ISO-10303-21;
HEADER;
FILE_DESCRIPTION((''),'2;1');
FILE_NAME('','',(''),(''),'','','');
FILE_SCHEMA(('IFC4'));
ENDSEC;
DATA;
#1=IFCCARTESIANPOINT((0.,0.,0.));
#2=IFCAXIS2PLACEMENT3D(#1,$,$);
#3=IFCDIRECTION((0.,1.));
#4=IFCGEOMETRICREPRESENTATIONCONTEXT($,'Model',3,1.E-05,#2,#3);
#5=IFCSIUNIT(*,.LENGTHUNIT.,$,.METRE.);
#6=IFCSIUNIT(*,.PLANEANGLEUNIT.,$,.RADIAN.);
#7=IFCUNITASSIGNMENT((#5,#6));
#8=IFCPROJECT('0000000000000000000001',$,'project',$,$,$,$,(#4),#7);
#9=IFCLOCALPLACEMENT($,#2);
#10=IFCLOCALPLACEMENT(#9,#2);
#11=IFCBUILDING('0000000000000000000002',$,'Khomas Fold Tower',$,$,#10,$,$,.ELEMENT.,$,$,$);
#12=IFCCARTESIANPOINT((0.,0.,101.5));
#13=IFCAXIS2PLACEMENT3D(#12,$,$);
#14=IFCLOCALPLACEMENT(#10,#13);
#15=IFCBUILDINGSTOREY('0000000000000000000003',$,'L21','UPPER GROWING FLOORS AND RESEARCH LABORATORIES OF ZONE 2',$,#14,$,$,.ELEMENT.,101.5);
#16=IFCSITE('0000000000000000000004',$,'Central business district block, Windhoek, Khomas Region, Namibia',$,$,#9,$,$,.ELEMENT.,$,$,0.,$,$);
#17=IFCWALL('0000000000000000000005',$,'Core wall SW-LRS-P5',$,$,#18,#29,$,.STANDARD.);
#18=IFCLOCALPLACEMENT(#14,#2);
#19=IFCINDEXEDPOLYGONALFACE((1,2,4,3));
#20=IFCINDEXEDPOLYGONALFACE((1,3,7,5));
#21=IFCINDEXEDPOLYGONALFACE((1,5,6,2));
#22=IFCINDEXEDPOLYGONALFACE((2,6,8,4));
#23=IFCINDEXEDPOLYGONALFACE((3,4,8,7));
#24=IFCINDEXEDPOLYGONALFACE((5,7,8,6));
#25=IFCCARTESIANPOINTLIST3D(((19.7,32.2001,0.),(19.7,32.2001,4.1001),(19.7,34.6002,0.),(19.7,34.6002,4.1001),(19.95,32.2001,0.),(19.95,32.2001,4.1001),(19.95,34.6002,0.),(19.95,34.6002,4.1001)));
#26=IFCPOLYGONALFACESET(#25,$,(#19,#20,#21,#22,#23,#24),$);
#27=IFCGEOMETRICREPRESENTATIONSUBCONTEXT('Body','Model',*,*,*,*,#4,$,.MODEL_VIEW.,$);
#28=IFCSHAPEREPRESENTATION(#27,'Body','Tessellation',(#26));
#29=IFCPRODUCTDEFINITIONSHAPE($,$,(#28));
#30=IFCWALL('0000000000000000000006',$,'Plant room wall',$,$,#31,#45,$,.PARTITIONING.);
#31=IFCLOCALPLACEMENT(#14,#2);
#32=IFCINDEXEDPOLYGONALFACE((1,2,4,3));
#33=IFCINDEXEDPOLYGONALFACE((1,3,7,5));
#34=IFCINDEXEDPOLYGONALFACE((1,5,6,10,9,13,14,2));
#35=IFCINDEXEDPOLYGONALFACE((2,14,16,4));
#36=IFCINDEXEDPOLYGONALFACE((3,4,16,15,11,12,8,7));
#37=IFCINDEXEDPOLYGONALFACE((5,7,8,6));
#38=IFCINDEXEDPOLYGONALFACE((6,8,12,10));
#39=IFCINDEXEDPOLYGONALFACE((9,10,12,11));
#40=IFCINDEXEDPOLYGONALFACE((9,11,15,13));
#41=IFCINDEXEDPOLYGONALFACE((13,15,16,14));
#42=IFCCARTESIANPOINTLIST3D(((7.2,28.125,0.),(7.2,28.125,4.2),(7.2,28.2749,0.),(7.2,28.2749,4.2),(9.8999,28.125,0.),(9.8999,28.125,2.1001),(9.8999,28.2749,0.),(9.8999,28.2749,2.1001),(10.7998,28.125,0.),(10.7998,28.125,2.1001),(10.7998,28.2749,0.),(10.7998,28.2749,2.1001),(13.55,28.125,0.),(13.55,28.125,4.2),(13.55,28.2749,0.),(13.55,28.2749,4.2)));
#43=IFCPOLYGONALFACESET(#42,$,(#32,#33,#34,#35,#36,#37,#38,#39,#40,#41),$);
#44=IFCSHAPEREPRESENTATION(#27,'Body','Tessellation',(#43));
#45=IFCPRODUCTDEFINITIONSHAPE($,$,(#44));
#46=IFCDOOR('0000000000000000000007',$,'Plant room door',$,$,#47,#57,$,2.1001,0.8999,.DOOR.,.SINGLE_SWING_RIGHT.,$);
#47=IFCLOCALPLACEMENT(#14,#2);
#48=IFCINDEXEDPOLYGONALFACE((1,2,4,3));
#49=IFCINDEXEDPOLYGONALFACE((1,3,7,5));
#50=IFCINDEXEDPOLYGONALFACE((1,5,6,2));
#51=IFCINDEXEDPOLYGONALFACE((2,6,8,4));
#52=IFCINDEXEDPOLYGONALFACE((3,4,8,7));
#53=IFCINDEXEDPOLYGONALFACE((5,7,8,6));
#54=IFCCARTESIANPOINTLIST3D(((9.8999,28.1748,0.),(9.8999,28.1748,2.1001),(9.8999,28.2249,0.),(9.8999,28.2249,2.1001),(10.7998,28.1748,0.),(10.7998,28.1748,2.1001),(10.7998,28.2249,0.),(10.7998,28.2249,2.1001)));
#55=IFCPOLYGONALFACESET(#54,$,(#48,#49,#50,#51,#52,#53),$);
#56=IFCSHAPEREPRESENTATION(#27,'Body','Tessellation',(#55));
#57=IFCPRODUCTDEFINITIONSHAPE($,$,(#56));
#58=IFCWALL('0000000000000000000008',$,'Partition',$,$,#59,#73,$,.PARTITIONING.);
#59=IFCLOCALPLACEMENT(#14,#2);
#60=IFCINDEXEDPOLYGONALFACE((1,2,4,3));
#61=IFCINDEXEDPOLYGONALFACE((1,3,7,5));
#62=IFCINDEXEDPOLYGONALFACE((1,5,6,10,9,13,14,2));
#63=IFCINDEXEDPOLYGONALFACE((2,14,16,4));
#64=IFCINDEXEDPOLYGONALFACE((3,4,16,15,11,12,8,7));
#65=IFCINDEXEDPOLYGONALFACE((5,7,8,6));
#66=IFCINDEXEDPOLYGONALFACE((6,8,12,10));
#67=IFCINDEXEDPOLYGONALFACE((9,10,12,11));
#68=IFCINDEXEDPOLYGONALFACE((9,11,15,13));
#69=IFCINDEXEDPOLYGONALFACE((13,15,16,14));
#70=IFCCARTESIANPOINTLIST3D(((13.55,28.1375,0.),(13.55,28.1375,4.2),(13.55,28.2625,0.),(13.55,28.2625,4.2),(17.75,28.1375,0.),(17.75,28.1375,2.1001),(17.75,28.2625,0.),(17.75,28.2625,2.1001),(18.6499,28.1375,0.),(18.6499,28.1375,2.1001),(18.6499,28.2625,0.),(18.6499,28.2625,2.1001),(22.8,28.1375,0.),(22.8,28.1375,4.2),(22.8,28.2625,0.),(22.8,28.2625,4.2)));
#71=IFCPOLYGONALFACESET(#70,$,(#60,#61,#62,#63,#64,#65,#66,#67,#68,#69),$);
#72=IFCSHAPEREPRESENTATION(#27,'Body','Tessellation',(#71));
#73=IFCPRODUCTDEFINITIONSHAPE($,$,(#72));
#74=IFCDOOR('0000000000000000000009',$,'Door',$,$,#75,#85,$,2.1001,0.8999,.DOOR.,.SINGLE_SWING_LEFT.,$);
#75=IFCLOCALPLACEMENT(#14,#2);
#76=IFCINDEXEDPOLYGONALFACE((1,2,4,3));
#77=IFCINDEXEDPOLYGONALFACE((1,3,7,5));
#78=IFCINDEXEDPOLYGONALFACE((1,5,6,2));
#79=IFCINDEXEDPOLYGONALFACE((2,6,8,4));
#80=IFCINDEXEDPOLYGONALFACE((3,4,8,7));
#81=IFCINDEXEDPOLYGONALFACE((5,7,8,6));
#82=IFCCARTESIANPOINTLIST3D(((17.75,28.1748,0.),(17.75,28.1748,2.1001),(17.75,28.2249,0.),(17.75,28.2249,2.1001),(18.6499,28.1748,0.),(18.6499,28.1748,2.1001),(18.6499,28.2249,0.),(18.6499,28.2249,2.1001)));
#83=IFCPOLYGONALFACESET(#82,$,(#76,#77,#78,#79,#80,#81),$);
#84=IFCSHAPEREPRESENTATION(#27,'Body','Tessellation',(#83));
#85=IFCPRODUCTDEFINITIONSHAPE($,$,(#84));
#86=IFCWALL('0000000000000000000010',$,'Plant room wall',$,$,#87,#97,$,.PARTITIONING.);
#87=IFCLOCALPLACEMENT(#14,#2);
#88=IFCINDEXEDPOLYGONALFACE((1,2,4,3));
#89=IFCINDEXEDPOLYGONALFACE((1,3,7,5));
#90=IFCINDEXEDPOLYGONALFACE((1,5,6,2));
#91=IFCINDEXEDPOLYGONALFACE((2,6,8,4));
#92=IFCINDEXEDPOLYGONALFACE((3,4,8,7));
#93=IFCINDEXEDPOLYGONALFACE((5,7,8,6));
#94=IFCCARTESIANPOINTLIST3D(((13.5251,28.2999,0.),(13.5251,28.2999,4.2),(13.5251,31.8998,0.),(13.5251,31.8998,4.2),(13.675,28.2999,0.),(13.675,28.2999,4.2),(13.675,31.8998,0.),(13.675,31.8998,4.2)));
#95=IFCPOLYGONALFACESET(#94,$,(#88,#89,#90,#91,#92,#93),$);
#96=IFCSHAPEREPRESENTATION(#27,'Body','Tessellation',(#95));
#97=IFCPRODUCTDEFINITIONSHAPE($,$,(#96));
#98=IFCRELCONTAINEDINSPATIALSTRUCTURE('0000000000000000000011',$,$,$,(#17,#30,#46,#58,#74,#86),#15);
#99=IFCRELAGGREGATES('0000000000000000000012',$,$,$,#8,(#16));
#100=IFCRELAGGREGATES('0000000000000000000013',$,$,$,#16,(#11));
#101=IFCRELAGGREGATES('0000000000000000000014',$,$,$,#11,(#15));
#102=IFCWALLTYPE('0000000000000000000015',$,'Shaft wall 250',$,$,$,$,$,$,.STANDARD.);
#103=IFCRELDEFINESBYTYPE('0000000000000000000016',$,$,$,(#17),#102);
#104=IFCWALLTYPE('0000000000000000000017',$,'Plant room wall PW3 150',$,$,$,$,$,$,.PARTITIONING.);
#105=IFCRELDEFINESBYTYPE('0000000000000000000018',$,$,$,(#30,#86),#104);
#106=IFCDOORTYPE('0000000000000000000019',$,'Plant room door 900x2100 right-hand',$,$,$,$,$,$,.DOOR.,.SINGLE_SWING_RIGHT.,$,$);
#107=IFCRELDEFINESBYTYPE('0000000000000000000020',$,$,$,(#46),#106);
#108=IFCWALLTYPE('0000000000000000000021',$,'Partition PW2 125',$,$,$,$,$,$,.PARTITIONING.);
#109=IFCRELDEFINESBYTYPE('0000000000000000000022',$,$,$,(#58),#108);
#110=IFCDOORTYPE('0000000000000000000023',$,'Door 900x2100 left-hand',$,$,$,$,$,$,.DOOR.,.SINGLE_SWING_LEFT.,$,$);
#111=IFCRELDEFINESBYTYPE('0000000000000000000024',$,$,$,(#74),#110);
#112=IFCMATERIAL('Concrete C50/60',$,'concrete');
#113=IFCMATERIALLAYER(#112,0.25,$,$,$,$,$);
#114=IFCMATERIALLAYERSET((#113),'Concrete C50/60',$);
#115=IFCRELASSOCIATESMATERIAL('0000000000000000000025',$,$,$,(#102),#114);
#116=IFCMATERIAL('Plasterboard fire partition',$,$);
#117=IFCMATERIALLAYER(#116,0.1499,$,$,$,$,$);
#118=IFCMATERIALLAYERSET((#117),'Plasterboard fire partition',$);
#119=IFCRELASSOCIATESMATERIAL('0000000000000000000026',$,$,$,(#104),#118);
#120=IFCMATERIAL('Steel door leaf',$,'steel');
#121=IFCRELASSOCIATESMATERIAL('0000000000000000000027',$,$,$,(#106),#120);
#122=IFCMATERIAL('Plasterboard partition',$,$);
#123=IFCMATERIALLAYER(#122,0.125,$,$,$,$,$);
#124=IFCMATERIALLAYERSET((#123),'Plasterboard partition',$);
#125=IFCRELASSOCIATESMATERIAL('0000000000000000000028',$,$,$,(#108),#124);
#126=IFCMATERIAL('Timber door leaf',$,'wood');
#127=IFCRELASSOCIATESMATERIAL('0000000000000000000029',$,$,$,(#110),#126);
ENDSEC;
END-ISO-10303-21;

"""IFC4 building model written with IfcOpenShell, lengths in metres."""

from ifc_helpers import new_model, si_unit, direction, frame, frame_2d, origin, place, context, subcontext, project, spatial, rectangle, extrude, source, transform, mapped, material, layer, layer_set, type_object, element, fill, save


model = new_model("IFC4")

# Units and contexts
model_context = context("Model", 3, precision=1e-05, world=origin(), true_north=direction((0.0, 1.0)))
body_context = subcontext(model_context, "Body", "Model", "MODEL_VIEW")
ifc_project = project(units=[si_unit("LENGTHUNIT", "METRE"), si_unit("PLANEANGLEUNIT", "RADIAN")], contexts=[model_context])

# Site, building, storey
site_placement = place(None, origin())
site = spatial("IfcSite", under=ifc_project, at=site_placement, Name="Central business district block, Windhoek, Khomas Region, Namibia", CompositionType="ELEMENT", RefElevation=0.0)
building_placement = place(site_placement, origin())
building = spatial("IfcBuilding", under=site, at=building_placement, Name="Khomas Fold Tower", CompositionType="ELEMENT")
storey_placement = place(building_placement, frame((0.0, 0.0, 101.5)))
storey = spatial("IfcBuildingStorey", under=building, at=storey_placement, Name="L21", Description="UPPER GROWING FLOORS AND RESEARCH LABORATORIES OF ZONE 2", CompositionType="ELEMENT", Elevation=101.5)

# Wall
ifc_material_1 = material(Name="Concrete C50/60", Category="concrete")
ifc_layer_1 = layer(ifc_material_1, 0.25)
ifc_layer_set_1 = layer_set([ifc_layer_1], Name="Concrete C50/60")
wall_type_1 = type_object("IfcWallType", Name="Shaft wall 250", PredefinedType="STANDARD", material=ifc_layer_set_1)
shared_shape_1 = source(origin(), body_context, "Body", "SweptSolid", [
    extrude(rectangle(XDim=2.4001, YDim=0.25, at=frame_2d((1.2002, 0.0))), origin(), (0.0, 0.0, 1.0), 4.1001),
])
for number, where, z_axis, x_axis, name in (
    (1, (19.825, 32.2, 0.0), (0.0, 0.0, 1.0), (0.0, 1.0, 0.0), "Core wall SW-LRS-P5"),
):
    element("IfcWall", number, at=place(storey_placement, frame(where, z_axis=z_axis, x_axis=x_axis)), inside=storey, type_object=wall_type_1, Name=name, PredefinedType="STANDARD", context=body_context, shape_type="MappedRepresentation", body=[
        mapped(shared_shape_1, transform((0.0, 0.0, 0.0))),
    ])

# Walls, openings, doors
ifc_material_2 = material(Name="Plasterboard fire partition")
ifc_layer_2 = layer(ifc_material_2, 0.1499)
ifc_layer_set_2 = layer_set([ifc_layer_2], Name="Plasterboard fire partition")
wall_type_2 = type_object("IfcWallType", Name="Plant room wall PW3 150", PredefinedType="PARTITIONING", material=ifc_layer_set_2)
shared_shape_2 = source(origin(), body_context, "Body", "SweptSolid", [
    extrude(rectangle(XDim=6.3501, YDim=0.1499, at=frame_2d((3.175, 0.0))), origin(), (0.0, 0.0, 1.0), 4.2),
])
wall_1_placement = place(storey_placement, frame((7.2, 28.2, 0.0), z_axis=(0.0, 0.0, 1.0), x_axis=(1.0, 0.0, 0.0)))
wall_1 = element("IfcWall", 2, at=wall_1_placement, inside=storey, type_object=wall_type_2, Name="Plant room wall", PredefinedType="PARTITIONING", context=body_context, shape_type="MappedRepresentation", body=[
    mapped(shared_shape_2, transform((0.0, 0.0, 0.0))),
])
shared_shape_3 = source(origin(), body_context, "Body", "SweptSolid", [
    extrude(rectangle(XDim=0.8999, YDim=2.1001, at=frame_2d((0.45, 1.05))), frame((0.0, 0.085, 0.0), z_axis=(0.0, -1.0, 0.0), x_axis=(1.0, 0.0, 0.0)), (0.0, 0.0, 1.0), 0.1699),
])
opening_1_placement = place(wall_1_placement, frame((2.7, 0.0, 0.0)))
opening_1 = element("IfcOpeningElement", 3, at=opening_1_placement, cuts=wall_1, PredefinedType="OPENING", context=body_context, shape_type="MappedRepresentation", body=[
    mapped(shared_shape_3, transform((0.0, 0.0, 0.0))),
])
ifc_material_3 = material(Name="Steel door leaf", Category="steel")
door_type_1 = type_object("IfcDoorType", Name="Plant room door 900x2100 right-hand", OperationType="SINGLE_SWING_RIGHT", PredefinedType="DOOR", material=ifc_material_3)
shared_shape_4 = source(origin(), body_context, "Body", "SweptSolid", [
    extrude(rectangle(XDim=0.8999, YDim=2.1001, at=frame_2d((0.45, 1.05))), frame((0.0, 0.0249, 0.0), z_axis=(0.0, -1.0, 0.0), x_axis=(1.0, 0.0, 0.0)), (0.0, 0.0, 1.0), 0.05),
])
door_1_placement = place(opening_1_placement, origin())
door_1 = element("IfcDoor", 4, at=door_1_placement, inside=storey, type_object=door_type_1, Name="Plant room door", OperationType="SINGLE_SWING_RIGHT", OverallHeight=2.1001, OverallWidth=0.8999, PredefinedType="DOOR", context=body_context, shape_type="MappedRepresentation", body=[
    mapped(shared_shape_4, transform((0.0, 0.0, 0.0))),
])
fill(opening_1, door_1)
ifc_material_4 = material(Name="Plasterboard partition")
ifc_layer_3 = layer(ifc_material_4, 0.125)
ifc_layer_set_3 = layer_set([ifc_layer_3], Name="Plasterboard partition")
wall_type_3 = type_object("IfcWallType", Name="Partition PW2 125", PredefinedType="PARTITIONING", material=ifc_layer_set_3)
shared_shape_5 = source(origin(), body_context, "Body", "SweptSolid", [
    extrude(rectangle(XDim=9.25, YDim=0.125, at=frame_2d((4.625, 0.0))), origin(), (0.0, 0.0, 1.0), 4.2),
])
wall_2_placement = place(storey_placement, frame((13.55, 28.2, 0.0), z_axis=(0.0, 0.0, 1.0), x_axis=(1.0, 0.0, 0.0)))
wall_2 = element("IfcWall", 5, at=wall_2_placement, inside=storey, type_object=wall_type_3, Name="Partition", PredefinedType="PARTITIONING", context=body_context, shape_type="MappedRepresentation", body=[
    mapped(shared_shape_5, transform((0.0, 0.0, 0.0))),
])
shared_shape_6 = source(origin(), body_context, "Body", "SweptSolid", [
    extrude(rectangle(XDim=0.8999, YDim=2.1001, at=frame_2d((0.45, 1.05))), frame((0.0, 0.0725, 0.0), z_axis=(0.0, -1.0, 0.0), x_axis=(1.0, 0.0, 0.0)), (0.0, 0.0, 1.0), 0.145),
])
opening_2_placement = place(wall_2_placement, frame((4.2, 0.0, 0.0)))
opening_2 = element("IfcOpeningElement", 6, at=opening_2_placement, cuts=wall_2, PredefinedType="OPENING", context=body_context, shape_type="MappedRepresentation", body=[
    mapped(shared_shape_6, transform((0.0, 0.0, 0.0))),
])
ifc_material_5 = material(Name="Timber door leaf", Category="wood")
door_type_2 = type_object("IfcDoorType", Name="Door 900x2100 left-hand", OperationType="SINGLE_SWING_LEFT", PredefinedType="DOOR", material=ifc_material_5)
door_2_placement = place(opening_2_placement, origin())
door_2 = element("IfcDoor", 7, at=door_2_placement, inside=storey, type_object=door_type_2, Name="Door", OperationType="SINGLE_SWING_LEFT", OverallHeight=2.1001, OverallWidth=0.8999, PredefinedType="DOOR", context=body_context, shape_type="MappedRepresentation", body=[
    mapped(shared_shape_4, transform((0.0, 0.0, 0.0))),
])
fill(opening_2, door_2)

# Wall
shared_shape_7 = source(origin(), body_context, "Body", "SweptSolid", [
    extrude(rectangle(XDim=3.5999, YDim=0.1499, at=frame_2d((1.7998, 0.0))), origin(), (0.0, 0.0, 1.0), 4.2),
])
wall_3_placement = place(storey_placement, frame((13.6001, 28.3, 0.0), z_axis=(0.0, 0.0, 1.0), x_axis=(0.0, 1.0, 0.0)))
element("IfcWall", 8, at=wall_3_placement, inside=storey, type_object=wall_type_2, Name="Plant room wall", PredefinedType="PARTITIONING", context=body_context, shape_type="MappedRepresentation", body=[
    mapped(shared_shape_7, transform((0.0, 0.0, 0.0))),
])

save(model, "model.ifc")
